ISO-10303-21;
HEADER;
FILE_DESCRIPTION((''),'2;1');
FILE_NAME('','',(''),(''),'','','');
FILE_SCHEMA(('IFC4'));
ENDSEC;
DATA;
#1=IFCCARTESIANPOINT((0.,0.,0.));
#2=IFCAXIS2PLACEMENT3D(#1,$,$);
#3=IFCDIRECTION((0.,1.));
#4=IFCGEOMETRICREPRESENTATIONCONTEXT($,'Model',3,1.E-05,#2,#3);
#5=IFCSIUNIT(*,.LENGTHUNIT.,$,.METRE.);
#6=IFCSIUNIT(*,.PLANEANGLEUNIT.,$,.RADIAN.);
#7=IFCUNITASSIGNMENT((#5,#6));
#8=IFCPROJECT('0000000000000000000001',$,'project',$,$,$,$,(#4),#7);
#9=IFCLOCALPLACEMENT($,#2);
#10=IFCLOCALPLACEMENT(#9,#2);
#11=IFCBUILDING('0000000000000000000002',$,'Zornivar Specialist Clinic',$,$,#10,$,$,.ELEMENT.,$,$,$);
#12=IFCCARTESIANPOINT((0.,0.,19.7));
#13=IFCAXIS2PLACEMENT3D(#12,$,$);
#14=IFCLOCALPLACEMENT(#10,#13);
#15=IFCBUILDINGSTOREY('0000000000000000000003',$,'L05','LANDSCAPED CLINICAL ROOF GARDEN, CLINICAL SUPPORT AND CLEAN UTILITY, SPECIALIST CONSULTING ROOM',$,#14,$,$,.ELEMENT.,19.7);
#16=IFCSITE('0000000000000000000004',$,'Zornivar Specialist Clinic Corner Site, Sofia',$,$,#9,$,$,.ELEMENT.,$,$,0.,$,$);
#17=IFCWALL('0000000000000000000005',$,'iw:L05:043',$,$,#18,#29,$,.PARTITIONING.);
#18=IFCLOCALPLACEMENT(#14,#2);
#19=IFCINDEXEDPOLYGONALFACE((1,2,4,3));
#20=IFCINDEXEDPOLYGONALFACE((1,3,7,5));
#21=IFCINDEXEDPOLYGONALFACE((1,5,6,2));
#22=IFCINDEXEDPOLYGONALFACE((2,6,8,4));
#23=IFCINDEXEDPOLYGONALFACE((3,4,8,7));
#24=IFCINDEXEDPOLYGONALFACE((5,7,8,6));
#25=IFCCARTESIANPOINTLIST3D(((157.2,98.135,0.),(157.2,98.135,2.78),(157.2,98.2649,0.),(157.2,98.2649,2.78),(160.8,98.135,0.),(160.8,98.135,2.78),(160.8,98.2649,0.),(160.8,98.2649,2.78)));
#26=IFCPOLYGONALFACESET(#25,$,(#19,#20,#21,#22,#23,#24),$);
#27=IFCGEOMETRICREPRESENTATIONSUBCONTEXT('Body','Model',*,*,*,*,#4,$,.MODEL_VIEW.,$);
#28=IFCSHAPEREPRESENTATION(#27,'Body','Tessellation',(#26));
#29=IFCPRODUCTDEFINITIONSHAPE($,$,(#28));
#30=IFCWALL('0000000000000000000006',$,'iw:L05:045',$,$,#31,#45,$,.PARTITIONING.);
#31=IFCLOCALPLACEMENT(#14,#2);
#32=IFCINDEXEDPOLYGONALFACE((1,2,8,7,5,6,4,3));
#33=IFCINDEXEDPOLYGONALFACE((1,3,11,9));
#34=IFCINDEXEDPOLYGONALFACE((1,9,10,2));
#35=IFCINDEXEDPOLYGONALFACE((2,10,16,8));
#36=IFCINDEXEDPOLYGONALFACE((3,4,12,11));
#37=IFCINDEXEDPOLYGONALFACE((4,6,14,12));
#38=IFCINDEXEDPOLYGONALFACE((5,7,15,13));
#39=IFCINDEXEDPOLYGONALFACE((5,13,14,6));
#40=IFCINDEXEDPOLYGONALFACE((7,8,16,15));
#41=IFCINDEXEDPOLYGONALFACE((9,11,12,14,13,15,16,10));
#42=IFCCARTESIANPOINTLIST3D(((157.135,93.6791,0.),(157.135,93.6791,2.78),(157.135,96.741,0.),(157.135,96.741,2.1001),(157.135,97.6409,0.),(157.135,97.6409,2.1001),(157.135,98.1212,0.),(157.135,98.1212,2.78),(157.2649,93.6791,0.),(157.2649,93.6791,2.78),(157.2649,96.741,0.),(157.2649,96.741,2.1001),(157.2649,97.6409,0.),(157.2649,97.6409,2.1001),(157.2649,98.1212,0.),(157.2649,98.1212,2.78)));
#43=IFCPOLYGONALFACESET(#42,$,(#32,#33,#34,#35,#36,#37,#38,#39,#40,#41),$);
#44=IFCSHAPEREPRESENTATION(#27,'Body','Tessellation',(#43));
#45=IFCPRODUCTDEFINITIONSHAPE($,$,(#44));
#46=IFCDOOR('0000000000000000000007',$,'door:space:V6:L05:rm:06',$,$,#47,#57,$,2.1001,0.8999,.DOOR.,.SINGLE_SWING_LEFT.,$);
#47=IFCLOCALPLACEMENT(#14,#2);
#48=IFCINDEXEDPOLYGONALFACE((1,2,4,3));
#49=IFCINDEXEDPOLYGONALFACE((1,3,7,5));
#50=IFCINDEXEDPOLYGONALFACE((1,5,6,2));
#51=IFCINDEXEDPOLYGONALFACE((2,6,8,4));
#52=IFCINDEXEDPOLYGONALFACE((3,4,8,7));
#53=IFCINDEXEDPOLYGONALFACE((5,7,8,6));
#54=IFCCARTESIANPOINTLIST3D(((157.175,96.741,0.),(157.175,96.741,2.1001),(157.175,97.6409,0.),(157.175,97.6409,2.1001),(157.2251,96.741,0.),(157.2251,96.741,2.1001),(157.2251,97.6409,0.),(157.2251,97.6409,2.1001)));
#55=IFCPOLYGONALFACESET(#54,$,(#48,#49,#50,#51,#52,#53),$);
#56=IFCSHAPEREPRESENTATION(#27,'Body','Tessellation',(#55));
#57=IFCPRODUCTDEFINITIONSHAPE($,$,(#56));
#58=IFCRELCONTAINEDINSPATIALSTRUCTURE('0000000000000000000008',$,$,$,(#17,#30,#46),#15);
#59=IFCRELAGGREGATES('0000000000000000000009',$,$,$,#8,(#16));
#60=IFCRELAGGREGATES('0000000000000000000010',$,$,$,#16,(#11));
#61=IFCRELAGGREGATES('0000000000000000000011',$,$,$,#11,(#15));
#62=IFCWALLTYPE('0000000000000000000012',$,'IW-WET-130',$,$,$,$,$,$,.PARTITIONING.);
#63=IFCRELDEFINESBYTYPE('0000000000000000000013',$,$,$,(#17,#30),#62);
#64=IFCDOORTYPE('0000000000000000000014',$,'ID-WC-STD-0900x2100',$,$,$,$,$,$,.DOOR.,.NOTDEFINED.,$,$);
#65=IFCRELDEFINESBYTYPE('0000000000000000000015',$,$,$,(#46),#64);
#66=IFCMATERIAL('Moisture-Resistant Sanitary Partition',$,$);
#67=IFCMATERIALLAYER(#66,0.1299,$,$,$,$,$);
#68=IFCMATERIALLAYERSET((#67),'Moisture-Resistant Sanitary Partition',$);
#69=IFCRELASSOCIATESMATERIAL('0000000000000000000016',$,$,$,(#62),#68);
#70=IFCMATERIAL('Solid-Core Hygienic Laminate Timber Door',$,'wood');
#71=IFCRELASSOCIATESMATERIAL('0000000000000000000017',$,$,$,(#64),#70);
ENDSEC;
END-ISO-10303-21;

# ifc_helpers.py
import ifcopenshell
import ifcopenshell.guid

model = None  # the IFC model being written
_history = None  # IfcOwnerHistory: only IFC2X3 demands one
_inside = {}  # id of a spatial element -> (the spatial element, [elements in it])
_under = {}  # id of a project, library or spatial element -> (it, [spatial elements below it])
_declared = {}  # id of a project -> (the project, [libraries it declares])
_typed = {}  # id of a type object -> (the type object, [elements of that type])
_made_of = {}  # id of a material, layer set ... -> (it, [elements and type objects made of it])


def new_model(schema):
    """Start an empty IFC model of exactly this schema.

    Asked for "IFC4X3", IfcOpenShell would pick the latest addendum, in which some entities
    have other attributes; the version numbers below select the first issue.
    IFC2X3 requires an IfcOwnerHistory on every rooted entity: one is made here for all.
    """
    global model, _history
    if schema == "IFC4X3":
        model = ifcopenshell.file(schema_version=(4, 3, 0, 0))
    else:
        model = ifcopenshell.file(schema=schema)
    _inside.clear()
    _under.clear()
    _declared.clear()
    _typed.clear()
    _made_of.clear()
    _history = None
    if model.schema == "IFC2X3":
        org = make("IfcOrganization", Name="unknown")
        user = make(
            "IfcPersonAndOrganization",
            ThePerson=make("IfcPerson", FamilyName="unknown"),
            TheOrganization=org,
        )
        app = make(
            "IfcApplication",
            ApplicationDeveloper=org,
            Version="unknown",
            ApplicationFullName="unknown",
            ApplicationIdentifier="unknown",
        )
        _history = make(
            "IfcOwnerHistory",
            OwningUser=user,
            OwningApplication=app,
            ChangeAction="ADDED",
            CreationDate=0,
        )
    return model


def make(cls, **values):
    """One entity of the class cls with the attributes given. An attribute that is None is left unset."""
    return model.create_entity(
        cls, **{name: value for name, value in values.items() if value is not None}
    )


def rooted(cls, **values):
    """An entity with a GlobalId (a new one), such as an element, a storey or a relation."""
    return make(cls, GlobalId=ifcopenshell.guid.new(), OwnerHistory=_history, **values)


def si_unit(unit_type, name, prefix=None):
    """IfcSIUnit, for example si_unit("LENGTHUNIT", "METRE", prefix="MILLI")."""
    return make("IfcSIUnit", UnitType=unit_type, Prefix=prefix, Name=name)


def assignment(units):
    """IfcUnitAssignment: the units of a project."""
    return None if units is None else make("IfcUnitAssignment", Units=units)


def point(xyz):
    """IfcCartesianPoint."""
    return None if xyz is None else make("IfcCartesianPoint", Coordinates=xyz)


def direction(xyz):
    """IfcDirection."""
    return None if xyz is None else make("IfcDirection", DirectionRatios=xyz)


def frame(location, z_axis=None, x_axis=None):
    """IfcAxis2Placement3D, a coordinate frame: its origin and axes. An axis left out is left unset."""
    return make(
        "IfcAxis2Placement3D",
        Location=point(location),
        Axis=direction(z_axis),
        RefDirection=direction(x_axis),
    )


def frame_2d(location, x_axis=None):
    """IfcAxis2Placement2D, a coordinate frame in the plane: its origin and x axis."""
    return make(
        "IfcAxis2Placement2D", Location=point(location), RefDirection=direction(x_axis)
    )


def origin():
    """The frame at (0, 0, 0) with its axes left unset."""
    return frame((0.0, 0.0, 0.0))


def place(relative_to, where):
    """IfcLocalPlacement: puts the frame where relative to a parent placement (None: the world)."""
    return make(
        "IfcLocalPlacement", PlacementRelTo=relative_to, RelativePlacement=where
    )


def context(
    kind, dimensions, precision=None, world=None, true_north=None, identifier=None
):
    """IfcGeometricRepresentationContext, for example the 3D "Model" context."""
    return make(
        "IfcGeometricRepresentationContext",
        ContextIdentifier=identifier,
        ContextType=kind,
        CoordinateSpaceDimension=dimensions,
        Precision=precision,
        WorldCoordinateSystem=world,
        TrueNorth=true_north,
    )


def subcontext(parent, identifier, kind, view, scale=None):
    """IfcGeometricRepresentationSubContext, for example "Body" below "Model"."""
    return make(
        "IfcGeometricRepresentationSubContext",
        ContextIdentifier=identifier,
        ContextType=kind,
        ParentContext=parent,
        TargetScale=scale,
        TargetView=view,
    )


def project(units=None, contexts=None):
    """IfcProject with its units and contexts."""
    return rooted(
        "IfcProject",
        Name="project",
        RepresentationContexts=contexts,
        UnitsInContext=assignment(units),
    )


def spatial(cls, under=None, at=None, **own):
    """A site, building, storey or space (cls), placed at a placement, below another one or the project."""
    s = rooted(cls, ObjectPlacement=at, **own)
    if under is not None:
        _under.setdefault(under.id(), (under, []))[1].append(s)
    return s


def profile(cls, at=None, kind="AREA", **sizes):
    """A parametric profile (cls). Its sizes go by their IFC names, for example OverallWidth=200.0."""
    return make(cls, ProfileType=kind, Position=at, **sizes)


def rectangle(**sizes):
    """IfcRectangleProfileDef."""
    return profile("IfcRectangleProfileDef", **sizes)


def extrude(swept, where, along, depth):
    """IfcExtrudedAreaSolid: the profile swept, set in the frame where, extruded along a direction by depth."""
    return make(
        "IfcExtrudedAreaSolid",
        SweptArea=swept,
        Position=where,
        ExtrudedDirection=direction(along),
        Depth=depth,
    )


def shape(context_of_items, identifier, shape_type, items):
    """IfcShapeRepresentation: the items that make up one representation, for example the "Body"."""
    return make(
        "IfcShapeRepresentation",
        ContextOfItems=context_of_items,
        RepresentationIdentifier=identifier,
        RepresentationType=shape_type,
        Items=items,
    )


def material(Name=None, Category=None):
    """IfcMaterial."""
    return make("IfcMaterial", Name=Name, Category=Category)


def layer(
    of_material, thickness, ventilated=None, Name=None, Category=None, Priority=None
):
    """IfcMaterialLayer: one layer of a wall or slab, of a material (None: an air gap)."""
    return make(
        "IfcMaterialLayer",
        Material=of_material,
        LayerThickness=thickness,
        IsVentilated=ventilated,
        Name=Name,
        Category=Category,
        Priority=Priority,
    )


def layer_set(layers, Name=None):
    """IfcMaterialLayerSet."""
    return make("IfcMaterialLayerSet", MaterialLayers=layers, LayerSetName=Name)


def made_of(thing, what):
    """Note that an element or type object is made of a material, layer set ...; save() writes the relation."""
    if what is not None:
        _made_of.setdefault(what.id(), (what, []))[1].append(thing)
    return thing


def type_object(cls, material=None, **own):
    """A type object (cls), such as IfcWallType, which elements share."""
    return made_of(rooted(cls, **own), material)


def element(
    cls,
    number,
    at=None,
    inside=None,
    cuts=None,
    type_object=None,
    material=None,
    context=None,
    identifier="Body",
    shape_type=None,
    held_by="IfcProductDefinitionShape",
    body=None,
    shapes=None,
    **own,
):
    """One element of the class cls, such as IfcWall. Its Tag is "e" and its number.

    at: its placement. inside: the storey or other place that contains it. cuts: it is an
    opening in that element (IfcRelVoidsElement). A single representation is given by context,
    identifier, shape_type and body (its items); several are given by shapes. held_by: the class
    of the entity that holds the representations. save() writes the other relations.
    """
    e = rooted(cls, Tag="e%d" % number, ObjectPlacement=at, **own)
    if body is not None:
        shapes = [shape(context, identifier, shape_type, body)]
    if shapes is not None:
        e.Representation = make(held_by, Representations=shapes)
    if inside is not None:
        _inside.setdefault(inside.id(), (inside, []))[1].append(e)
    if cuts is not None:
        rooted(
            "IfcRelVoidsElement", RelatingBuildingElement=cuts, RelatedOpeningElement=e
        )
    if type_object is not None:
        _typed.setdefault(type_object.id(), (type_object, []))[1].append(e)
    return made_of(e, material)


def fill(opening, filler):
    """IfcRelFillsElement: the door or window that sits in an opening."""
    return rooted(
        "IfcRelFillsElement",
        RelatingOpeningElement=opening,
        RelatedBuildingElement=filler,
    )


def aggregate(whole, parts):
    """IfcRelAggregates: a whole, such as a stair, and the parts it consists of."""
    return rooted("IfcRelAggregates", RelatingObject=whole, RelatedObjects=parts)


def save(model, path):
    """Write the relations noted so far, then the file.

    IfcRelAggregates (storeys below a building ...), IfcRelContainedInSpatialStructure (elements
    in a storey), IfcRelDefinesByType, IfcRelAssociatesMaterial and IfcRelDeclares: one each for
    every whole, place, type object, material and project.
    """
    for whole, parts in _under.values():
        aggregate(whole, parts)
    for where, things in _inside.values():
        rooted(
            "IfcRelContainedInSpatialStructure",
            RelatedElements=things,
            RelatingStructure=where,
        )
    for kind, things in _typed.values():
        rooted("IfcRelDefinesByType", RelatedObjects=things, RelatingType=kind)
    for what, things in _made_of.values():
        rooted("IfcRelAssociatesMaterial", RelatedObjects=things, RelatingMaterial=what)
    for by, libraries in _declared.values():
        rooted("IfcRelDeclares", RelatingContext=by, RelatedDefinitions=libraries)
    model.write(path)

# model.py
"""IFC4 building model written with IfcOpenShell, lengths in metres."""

from ifc_helpers import new_model, si_unit, direction, frame, frame_2d, origin, place, context, subcontext, project, spatial, rectangle, extrude, material, layer, layer_set, type_object, element, fill, save


model = new_model("IFC4")

# Units and contexts
model_context = context("Model", 3, precision=1e-05, world=origin(), true_north=direction((0.0, 1.0)))
body_context = subcontext(model_context, "Body", "Model", "MODEL_VIEW")
ifc_project = project(units=[si_unit("LENGTHUNIT", "METRE"), si_unit("PLANEANGLEUNIT", "RADIAN")], contexts=[model_context])

# Site, building, storey
site_placement = place(None, origin())
site = spatial("IfcSite", under=ifc_project, at=site_placement, Name="Zornivar Specialist Clinic Corner Site, Sofia", CompositionType="ELEMENT", RefElevation=0.0)
building_placement = place(site_placement, origin())
building = spatial("IfcBuilding", under=site, at=building_placement, Name="Zornivar Specialist Clinic", CompositionType="ELEMENT")
storey_placement = place(building_placement, frame((0.0, 0.0, 19.7)))
storey = spatial("IfcBuildingStorey", under=building, at=storey_placement, Name="L05", Description="LANDSCAPED CLINICAL ROOF GARDEN, CLINICAL SUPPORT AND CLEAN UTILITY, SPECIALIST CONSULTING ROOM", CompositionType="ELEMENT", Elevation=19.7)

# Wall
ifc_material_1 = material(Name="Moisture-Resistant Sanitary Partition")
ifc_layer_1 = layer(ifc_material_1, 0.1299)
ifc_layer_set_1 = layer_set([ifc_layer_1], Name="Moisture-Resistant Sanitary Partition")
wall_type_1 = type_object("IfcWallType", Name="IW-WET-130", PredefinedType="PARTITIONING", material=ifc_layer_set_1)
wall_1_placement = place(storey_placement, frame((157.2, 98.2, 0.0), z_axis=(0.0, 0.0, 1.0), x_axis=(1.0, 0.0, 0.0)))
element("IfcWall", 1, at=wall_1_placement, inside=storey, type_object=wall_type_1, Name="iw:L05:043", PredefinedType="PARTITIONING", context=body_context, shape_type="SweptSolid", body=[
    extrude(rectangle(XDim=3.6001, YDim=0.1299, at=frame_2d((1.8, 0.0))), origin(), (0.0, 0.0, 1.0), 2.78),
])

# Wall, opening, door
wall_2_placement = place(storey_placement, frame((157.2, 93.679, 0.0), z_axis=(0.0, 0.0, 1.0), x_axis=(0.0, 1.0, 0.0)))
wall_2 = element("IfcWall", 2, at=wall_2_placement, inside=storey, type_object=wall_type_1, Name="iw:L05:045", PredefinedType="PARTITIONING", context=body_context, shape_type="SweptSolid", body=[
    extrude(rectangle(XDim=4.4421, YDim=0.1299, at=frame_2d((2.2212, 0.0))), origin(), (0.0, 0.0, 1.0), 2.78),
])
opening_1_placement = place(wall_2_placement, frame((3.062, 0.0, 0.0)))
opening_1 = element("IfcOpeningElement", 3, at=opening_1_placement, cuts=wall_2, PredefinedType="OPENING", context=body_context, shape_type="SweptSolid", body=[
    extrude(rectangle(XDim=0.8999, YDim=2.1001, at=frame_2d((0.45, 1.05))), frame((0.0, 0.075, 0.0), z_axis=(0.0, -1.0, 0.0), x_axis=(1.0, 0.0, 0.0)), (0.0, 0.0, 1.0), 0.1499),
])
ifc_material_2 = material(Name="Solid-Core Hygienic Laminate Timber Door", Category="wood")
door_type_1 = type_object("IfcDoorType", Name="ID-WC-STD-0900x2100", OperationType="NOTDEFINED", PredefinedType="DOOR", material=ifc_material_2)
door_1_placement = place(opening_1_placement, origin())
door_1 = element("IfcDoor", 4, at=door_1_placement, inside=storey, type_object=door_type_1, Name="door:space:V6:L05:rm:06", OperationType="SINGLE_SWING_LEFT", OverallHeight=2.1001, OverallWidth=0.8999, PredefinedType="DOOR", context=body_context, shape_type="SweptSolid", body=[
    extrude(rectangle(XDim=0.8999, YDim=2.1001, at=frame_2d((0.45, 1.05))), frame((0.0, 0.0249, 0.0), z_axis=(0.0, -1.0, 0.0), x_axis=(1.0, 0.0, 0.0)), (0.0, 0.0, 1.0), 0.05),
])
fill(opening_1, door_1)

save(model, "model.ifc")
